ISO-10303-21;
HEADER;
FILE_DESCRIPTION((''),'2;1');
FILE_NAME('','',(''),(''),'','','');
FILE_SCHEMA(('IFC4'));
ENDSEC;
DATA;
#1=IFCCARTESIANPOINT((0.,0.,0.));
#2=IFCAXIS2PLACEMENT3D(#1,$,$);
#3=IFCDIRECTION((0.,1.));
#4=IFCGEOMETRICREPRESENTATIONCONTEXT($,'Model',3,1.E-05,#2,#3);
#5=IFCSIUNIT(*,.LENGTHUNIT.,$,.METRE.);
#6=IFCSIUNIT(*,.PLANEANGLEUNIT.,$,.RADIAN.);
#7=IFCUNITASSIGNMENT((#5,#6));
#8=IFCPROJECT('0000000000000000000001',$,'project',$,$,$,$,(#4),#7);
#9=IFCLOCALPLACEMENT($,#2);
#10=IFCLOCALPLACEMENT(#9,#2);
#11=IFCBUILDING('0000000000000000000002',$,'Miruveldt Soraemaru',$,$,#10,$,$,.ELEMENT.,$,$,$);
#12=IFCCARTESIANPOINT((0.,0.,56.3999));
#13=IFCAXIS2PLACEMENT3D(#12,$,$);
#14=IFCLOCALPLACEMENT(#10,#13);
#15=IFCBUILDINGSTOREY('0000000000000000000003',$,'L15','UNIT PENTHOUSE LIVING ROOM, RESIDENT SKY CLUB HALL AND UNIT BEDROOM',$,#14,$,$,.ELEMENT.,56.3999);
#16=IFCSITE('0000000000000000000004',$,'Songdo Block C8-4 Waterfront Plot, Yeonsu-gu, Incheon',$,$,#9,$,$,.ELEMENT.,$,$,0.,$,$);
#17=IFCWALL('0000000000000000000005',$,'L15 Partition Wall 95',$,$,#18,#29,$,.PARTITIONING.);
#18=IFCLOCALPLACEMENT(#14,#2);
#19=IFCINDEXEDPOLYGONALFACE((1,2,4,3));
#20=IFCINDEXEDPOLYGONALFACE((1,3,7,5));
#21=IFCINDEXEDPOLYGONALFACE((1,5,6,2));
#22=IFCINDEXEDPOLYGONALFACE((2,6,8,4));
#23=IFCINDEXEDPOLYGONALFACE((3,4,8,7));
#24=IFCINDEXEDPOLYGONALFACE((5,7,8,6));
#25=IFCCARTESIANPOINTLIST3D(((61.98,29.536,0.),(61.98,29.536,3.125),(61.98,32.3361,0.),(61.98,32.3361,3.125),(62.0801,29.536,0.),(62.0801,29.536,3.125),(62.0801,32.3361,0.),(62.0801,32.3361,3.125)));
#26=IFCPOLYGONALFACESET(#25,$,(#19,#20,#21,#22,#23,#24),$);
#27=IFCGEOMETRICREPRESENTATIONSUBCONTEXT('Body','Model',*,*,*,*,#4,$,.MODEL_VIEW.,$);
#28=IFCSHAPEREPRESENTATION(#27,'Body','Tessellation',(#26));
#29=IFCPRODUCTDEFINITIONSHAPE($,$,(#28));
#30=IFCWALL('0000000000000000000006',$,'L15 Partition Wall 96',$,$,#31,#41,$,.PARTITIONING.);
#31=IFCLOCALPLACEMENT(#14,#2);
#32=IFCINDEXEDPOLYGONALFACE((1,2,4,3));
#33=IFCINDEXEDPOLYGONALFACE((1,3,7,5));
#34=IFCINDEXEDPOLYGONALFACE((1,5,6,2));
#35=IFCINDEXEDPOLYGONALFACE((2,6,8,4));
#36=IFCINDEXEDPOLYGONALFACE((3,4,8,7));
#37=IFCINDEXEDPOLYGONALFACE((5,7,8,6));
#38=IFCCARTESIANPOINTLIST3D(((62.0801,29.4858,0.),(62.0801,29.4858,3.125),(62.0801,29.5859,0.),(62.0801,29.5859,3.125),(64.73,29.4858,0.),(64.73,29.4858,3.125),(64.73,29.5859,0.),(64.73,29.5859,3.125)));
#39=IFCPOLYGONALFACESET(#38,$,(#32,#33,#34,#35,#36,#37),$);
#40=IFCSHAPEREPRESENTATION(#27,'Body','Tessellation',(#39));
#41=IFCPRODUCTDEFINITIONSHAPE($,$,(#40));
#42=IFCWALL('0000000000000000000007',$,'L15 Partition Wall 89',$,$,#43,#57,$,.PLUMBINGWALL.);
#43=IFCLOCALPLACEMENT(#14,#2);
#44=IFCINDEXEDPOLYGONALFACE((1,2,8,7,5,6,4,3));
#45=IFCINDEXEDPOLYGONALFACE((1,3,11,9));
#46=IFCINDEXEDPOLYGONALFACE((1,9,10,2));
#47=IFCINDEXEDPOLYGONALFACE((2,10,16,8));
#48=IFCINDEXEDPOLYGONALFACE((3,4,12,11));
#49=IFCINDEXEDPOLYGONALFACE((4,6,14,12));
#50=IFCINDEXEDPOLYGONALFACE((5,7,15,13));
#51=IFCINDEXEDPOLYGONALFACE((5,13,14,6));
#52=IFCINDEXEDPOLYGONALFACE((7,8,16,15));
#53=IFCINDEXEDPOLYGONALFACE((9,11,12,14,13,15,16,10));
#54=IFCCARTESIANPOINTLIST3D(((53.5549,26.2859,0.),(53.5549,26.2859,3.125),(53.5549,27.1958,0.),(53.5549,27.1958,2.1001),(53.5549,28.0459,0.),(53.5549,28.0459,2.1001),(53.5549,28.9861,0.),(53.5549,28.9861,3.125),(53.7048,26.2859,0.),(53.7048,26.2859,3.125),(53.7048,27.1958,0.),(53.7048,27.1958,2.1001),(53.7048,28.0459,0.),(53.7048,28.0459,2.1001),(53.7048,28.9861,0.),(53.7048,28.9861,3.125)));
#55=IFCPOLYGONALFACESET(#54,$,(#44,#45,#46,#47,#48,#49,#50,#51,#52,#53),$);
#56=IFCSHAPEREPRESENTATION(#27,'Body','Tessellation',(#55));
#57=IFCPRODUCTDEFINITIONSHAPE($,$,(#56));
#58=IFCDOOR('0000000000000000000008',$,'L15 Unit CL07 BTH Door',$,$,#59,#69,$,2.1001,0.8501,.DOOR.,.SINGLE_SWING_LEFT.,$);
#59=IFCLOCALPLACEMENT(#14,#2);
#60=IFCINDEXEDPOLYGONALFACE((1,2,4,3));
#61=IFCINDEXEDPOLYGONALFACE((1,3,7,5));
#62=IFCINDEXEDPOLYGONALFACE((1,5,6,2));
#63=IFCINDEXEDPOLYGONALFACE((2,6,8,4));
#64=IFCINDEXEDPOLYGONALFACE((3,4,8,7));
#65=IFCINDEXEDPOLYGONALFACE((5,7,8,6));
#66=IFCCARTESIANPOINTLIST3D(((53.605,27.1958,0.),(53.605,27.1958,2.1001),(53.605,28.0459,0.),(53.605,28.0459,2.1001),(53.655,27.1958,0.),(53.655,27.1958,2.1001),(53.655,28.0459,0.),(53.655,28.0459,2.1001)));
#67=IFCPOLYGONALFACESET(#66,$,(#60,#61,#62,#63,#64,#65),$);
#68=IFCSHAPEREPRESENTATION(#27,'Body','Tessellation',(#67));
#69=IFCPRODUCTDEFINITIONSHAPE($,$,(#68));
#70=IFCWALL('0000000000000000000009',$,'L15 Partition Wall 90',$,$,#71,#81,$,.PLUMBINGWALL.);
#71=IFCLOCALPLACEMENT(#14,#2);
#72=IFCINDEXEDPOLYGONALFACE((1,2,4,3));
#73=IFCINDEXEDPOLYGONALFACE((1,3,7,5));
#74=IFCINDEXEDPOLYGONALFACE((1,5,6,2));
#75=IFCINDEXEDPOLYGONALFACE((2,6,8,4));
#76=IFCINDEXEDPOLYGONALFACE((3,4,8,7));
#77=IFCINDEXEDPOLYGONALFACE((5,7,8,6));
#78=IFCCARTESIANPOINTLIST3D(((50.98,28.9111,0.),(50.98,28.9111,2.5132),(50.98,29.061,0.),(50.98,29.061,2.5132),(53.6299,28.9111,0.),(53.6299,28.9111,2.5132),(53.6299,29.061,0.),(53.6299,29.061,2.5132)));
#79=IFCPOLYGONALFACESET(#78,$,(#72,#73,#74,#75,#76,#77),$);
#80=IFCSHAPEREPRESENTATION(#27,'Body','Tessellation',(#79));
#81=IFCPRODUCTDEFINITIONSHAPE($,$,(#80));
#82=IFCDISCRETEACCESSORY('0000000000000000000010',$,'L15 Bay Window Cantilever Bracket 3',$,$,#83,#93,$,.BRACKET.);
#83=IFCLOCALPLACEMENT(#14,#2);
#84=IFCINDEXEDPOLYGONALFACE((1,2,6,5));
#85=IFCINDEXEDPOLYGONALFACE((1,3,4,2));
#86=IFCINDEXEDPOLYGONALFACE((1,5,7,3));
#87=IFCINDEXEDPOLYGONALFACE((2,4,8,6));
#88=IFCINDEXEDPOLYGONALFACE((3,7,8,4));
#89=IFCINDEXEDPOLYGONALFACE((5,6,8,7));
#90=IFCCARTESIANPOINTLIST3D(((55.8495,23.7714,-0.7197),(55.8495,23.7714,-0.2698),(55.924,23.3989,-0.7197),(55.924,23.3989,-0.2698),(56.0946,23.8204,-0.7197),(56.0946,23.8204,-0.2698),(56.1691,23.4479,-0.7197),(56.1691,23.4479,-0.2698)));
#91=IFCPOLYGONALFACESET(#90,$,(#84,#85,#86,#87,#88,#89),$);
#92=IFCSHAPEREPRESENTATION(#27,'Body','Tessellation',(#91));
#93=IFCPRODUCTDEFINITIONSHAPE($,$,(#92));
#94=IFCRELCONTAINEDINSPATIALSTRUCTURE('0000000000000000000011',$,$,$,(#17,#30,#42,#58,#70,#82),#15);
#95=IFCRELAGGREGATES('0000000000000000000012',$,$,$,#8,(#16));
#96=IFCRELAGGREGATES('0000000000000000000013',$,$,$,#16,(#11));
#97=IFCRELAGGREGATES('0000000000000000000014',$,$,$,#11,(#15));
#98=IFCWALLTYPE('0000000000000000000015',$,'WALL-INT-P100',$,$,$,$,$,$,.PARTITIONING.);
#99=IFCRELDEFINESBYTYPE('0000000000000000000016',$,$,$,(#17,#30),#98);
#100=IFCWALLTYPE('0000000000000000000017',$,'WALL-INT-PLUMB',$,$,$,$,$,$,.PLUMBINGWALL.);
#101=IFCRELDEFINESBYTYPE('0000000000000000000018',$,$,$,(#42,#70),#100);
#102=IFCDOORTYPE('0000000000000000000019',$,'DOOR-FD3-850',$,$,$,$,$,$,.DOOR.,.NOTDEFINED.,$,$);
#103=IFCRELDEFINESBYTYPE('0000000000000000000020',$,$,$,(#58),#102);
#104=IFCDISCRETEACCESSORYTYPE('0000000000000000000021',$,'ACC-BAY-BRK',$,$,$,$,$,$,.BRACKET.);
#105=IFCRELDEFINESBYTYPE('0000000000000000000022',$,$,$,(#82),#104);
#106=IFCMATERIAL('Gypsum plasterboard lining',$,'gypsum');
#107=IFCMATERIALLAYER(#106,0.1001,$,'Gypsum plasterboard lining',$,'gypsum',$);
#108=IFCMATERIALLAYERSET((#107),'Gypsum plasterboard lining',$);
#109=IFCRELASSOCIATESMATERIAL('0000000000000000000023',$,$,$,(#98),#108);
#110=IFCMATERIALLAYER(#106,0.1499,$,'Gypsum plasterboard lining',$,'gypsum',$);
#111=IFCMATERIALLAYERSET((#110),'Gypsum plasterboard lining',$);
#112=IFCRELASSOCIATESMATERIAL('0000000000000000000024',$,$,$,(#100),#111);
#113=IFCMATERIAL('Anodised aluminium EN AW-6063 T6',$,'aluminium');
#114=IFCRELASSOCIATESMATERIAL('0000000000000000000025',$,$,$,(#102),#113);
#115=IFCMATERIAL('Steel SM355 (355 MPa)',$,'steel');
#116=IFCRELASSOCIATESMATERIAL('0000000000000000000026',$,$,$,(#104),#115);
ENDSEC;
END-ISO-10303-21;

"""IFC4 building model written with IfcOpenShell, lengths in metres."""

from ifc_helpers import new_model, si_unit, direction, frame, frame_2d, origin, origin_2d, place, context, subcontext, project, spatial, rectangle, extrude, material, layer, layer_set, type_object, element, fill, save


model = new_model("IFC4")

# Units and contexts
model_context = context("Model", 3, precision=1e-05, world=origin(), true_north=direction((0.0, 1.0)))
body_context = subcontext(model_context, "Body", "Model", "MODEL_VIEW")
ifc_project = project(units=[si_unit("LENGTHUNIT", "METRE"), si_unit("PLANEANGLEUNIT", "RADIAN")], contexts=[model_context])

# Site, building, storey
site_placement = place(None, origin())
site = spatial("IfcSite", under=ifc_project, at=site_placement, Name="Songdo Block C8-4 Waterfront Plot, Yeonsu-gu, Incheon", CompositionType="ELEMENT", RefElevation=0.0)
building_placement = place(site_placement, origin())
building = spatial("IfcBuilding", under=site, at=building_placement, Name="Miruveldt Soraemaru", CompositionType="ELEMENT")
storey_placement = place(building_placement, frame((0.0, 0.0, 56.3999)))
storey = spatial("IfcBuildingStorey", under=building, at=storey_placement, Name="L15", Description="UNIT PENTHOUSE LIVING ROOM, RESIDENT SKY CLUB HALL AND UNIT BEDROOM", CompositionType="ELEMENT", Elevation=56.3999)

# Shared definitions
ifc_material_1 = material(Name="Gypsum plasterboard lining", Category="gypsum")
ifc_layer_1 = layer(ifc_material_1, 0.1001, Name="Gypsum plasterboard lining", Category="gypsum")
ifc_layer_set_1 = layer_set([ifc_layer_1], Name="Gypsum plasterboard lining")
wall_type_1 = type_object("IfcWallType", Name="WALL-INT-P100", PredefinedType="PARTITIONING", material=ifc_layer_set_1)
ifc_material_2 = material(Name="Anodised aluminium EN AW-6063 T6", Category="aluminium")

# Walls
wall_1_placement = place(storey_placement, frame((62.03, 32.3359, 0.0), z_axis=(0.0, 0.0, 1.0), x_axis=(0.0, -1.0, 0.0)))
element("IfcWall", 1, at=wall_1_placement, inside=storey, type_object=wall_type_1, Name="L15 Partition Wall 95", PredefinedType="PARTITIONING", context=body_context, shape_type="SweptSolid", body=[
    extrude(rectangle(XDim=2.8, YDim=0.1001, at=frame_2d((1.3999, 0.0))), origin(), (0.0, 0.0, 1.0), 3.125),
])
wall_2_placement = place(storey_placement, frame((62.0801, 29.5359, 0.0), z_axis=(0.0, 0.0, 1.0), x_axis=(1.0, 0.0, 0.0)))
element("IfcWall", 2, at=wall_2_placement, inside=storey, type_object=wall_type_1, Name="L15 Partition Wall 96", PredefinedType="PARTITIONING", context=body_context, shape_type="SweptSolid", body=[
    extrude(rectangle(XDim=2.6499, YDim=0.1001, at=frame_2d((1.325, 0.0))), origin(), (0.0, 0.0, 1.0), 3.125),
])

# Wall, opening, door
ifc_layer_2 = layer(ifc_material_1, 0.1499, Name="Gypsum plasterboard lining", Category="gypsum")
ifc_layer_set_2 = layer_set([ifc_layer_2], Name="Gypsum plasterboard lining")
wall_type_2 = type_object("IfcWallType", Name="WALL-INT-PLUMB", PredefinedType="PLUMBINGWALL", material=ifc_layer_set_2)
wall_3_placement = place(storey_placement, frame((53.6299, 26.2859, 0.0), z_axis=(0.0, 0.0, 1.0), x_axis=(0.0, 1.0, 0.0)))
wall_3 = element("IfcWall", 3, at=wall_3_placement, inside=storey, type_object=wall_type_2, Name="L15 Partition Wall 89", PredefinedType="PLUMBINGWALL", context=body_context, shape_type="SweptSolid", body=[
    extrude(rectangle(XDim=2.7002, YDim=0.1499, at=frame_2d((1.3501, 0.0))), origin(), (0.0, 0.0, 1.0), 3.125),
])
opening_1_placement = place(wall_3_placement, frame((0.9099, 0.0, 0.0)))
opening_1 = element("IfcOpeningElement", 4, at=opening_1_placement, cuts=wall_3, PredefinedType="OPENING", context=body_context, shape_type="SweptSolid", body=[
    extrude(rectangle(XDim=0.8501, YDim=2.1001, at=frame_2d((0.425, 1.05))), frame((0.0, 0.085, 0.0), z_axis=(0.0, -1.0, 0.0), x_axis=(1.0, 0.0, 0.0)), (0.0, 0.0, 1.0), 0.1699),
])
door_type_1 = type_object("IfcDoorType", Name="DOOR-FD3-850", OperationType="NOTDEFINED", PredefinedType="DOOR", material=ifc_material_2)
door_1_placement = place(opening_1_placement, origin())
door_1 = element("IfcDoor", 5, at=door_1_placement, inside=storey, type_object=door_type_1, Name="L15 Unit CL07 BTH Door", OperationType="SINGLE_SWING_LEFT", OverallHeight=2.1001, OverallWidth=0.8501, PredefinedType="DOOR", context=body_context, shape_type="SweptSolid", body=[
    extrude(rectangle(XDim=0.8501, YDim=2.1001, at=frame_2d((0.425, 1.05))), frame((0.0, 0.0249, 0.0), z_axis=(0.0, -1.0, 0.0), x_axis=(1.0, 0.0, 0.0)), (0.0, 0.0, 1.0), 0.05),
])
fill(opening_1, door_1)

# Wall
wall_4_placement = place(storey_placement, frame((53.6299, 28.9861, 0.0), z_axis=(0.0, 0.0, 1.0), x_axis=(-1.0, 0.0, 0.0)))
element("IfcWall", 6, at=wall_4_placement, inside=storey, type_object=wall_type_2, Name="L15 Partition Wall 90", PredefinedType="PLUMBINGWALL", context=body_context, shape_type="SweptSolid", body=[
    extrude(rectangle(XDim=2.6499, YDim=0.1499, at=frame_2d((1.325, 0.0))), origin(), (0.0, 0.0, 1.0), 2.5132),
])

# Discrete accessory
ifc_material_3 = material(Name="Steel SM355 (355 MPa)", Category="steel")
discrete_accessory_type = type_object("IfcDiscreteAccessoryType", Name="ACC-BAY-BRK", PredefinedType="BRACKET", material=ifc_material_3)
discrete_accessory_placement = place(storey_placement, frame((56.0093, 23.6096, -0.7197), z_axis=(0.0, 0.0, 1.0), x_axis=(0.1961, -0.980584, 0.0)))
element("IfcDiscreteAccessory", 7, at=discrete_accessory_placement, inside=storey, type_object=discrete_accessory_type, Name="L15 Bay Window Cantilever Bracket 3", PredefinedType="BRACKET", context=body_context, shape_type="SweptSolid", body=[
    extrude(rectangle(XDim=0.3799, YDim=0.25, at=origin_2d()), origin(), (0.0, 0.0, 1.0), 0.45),
])

save(model, "model.ifc")
